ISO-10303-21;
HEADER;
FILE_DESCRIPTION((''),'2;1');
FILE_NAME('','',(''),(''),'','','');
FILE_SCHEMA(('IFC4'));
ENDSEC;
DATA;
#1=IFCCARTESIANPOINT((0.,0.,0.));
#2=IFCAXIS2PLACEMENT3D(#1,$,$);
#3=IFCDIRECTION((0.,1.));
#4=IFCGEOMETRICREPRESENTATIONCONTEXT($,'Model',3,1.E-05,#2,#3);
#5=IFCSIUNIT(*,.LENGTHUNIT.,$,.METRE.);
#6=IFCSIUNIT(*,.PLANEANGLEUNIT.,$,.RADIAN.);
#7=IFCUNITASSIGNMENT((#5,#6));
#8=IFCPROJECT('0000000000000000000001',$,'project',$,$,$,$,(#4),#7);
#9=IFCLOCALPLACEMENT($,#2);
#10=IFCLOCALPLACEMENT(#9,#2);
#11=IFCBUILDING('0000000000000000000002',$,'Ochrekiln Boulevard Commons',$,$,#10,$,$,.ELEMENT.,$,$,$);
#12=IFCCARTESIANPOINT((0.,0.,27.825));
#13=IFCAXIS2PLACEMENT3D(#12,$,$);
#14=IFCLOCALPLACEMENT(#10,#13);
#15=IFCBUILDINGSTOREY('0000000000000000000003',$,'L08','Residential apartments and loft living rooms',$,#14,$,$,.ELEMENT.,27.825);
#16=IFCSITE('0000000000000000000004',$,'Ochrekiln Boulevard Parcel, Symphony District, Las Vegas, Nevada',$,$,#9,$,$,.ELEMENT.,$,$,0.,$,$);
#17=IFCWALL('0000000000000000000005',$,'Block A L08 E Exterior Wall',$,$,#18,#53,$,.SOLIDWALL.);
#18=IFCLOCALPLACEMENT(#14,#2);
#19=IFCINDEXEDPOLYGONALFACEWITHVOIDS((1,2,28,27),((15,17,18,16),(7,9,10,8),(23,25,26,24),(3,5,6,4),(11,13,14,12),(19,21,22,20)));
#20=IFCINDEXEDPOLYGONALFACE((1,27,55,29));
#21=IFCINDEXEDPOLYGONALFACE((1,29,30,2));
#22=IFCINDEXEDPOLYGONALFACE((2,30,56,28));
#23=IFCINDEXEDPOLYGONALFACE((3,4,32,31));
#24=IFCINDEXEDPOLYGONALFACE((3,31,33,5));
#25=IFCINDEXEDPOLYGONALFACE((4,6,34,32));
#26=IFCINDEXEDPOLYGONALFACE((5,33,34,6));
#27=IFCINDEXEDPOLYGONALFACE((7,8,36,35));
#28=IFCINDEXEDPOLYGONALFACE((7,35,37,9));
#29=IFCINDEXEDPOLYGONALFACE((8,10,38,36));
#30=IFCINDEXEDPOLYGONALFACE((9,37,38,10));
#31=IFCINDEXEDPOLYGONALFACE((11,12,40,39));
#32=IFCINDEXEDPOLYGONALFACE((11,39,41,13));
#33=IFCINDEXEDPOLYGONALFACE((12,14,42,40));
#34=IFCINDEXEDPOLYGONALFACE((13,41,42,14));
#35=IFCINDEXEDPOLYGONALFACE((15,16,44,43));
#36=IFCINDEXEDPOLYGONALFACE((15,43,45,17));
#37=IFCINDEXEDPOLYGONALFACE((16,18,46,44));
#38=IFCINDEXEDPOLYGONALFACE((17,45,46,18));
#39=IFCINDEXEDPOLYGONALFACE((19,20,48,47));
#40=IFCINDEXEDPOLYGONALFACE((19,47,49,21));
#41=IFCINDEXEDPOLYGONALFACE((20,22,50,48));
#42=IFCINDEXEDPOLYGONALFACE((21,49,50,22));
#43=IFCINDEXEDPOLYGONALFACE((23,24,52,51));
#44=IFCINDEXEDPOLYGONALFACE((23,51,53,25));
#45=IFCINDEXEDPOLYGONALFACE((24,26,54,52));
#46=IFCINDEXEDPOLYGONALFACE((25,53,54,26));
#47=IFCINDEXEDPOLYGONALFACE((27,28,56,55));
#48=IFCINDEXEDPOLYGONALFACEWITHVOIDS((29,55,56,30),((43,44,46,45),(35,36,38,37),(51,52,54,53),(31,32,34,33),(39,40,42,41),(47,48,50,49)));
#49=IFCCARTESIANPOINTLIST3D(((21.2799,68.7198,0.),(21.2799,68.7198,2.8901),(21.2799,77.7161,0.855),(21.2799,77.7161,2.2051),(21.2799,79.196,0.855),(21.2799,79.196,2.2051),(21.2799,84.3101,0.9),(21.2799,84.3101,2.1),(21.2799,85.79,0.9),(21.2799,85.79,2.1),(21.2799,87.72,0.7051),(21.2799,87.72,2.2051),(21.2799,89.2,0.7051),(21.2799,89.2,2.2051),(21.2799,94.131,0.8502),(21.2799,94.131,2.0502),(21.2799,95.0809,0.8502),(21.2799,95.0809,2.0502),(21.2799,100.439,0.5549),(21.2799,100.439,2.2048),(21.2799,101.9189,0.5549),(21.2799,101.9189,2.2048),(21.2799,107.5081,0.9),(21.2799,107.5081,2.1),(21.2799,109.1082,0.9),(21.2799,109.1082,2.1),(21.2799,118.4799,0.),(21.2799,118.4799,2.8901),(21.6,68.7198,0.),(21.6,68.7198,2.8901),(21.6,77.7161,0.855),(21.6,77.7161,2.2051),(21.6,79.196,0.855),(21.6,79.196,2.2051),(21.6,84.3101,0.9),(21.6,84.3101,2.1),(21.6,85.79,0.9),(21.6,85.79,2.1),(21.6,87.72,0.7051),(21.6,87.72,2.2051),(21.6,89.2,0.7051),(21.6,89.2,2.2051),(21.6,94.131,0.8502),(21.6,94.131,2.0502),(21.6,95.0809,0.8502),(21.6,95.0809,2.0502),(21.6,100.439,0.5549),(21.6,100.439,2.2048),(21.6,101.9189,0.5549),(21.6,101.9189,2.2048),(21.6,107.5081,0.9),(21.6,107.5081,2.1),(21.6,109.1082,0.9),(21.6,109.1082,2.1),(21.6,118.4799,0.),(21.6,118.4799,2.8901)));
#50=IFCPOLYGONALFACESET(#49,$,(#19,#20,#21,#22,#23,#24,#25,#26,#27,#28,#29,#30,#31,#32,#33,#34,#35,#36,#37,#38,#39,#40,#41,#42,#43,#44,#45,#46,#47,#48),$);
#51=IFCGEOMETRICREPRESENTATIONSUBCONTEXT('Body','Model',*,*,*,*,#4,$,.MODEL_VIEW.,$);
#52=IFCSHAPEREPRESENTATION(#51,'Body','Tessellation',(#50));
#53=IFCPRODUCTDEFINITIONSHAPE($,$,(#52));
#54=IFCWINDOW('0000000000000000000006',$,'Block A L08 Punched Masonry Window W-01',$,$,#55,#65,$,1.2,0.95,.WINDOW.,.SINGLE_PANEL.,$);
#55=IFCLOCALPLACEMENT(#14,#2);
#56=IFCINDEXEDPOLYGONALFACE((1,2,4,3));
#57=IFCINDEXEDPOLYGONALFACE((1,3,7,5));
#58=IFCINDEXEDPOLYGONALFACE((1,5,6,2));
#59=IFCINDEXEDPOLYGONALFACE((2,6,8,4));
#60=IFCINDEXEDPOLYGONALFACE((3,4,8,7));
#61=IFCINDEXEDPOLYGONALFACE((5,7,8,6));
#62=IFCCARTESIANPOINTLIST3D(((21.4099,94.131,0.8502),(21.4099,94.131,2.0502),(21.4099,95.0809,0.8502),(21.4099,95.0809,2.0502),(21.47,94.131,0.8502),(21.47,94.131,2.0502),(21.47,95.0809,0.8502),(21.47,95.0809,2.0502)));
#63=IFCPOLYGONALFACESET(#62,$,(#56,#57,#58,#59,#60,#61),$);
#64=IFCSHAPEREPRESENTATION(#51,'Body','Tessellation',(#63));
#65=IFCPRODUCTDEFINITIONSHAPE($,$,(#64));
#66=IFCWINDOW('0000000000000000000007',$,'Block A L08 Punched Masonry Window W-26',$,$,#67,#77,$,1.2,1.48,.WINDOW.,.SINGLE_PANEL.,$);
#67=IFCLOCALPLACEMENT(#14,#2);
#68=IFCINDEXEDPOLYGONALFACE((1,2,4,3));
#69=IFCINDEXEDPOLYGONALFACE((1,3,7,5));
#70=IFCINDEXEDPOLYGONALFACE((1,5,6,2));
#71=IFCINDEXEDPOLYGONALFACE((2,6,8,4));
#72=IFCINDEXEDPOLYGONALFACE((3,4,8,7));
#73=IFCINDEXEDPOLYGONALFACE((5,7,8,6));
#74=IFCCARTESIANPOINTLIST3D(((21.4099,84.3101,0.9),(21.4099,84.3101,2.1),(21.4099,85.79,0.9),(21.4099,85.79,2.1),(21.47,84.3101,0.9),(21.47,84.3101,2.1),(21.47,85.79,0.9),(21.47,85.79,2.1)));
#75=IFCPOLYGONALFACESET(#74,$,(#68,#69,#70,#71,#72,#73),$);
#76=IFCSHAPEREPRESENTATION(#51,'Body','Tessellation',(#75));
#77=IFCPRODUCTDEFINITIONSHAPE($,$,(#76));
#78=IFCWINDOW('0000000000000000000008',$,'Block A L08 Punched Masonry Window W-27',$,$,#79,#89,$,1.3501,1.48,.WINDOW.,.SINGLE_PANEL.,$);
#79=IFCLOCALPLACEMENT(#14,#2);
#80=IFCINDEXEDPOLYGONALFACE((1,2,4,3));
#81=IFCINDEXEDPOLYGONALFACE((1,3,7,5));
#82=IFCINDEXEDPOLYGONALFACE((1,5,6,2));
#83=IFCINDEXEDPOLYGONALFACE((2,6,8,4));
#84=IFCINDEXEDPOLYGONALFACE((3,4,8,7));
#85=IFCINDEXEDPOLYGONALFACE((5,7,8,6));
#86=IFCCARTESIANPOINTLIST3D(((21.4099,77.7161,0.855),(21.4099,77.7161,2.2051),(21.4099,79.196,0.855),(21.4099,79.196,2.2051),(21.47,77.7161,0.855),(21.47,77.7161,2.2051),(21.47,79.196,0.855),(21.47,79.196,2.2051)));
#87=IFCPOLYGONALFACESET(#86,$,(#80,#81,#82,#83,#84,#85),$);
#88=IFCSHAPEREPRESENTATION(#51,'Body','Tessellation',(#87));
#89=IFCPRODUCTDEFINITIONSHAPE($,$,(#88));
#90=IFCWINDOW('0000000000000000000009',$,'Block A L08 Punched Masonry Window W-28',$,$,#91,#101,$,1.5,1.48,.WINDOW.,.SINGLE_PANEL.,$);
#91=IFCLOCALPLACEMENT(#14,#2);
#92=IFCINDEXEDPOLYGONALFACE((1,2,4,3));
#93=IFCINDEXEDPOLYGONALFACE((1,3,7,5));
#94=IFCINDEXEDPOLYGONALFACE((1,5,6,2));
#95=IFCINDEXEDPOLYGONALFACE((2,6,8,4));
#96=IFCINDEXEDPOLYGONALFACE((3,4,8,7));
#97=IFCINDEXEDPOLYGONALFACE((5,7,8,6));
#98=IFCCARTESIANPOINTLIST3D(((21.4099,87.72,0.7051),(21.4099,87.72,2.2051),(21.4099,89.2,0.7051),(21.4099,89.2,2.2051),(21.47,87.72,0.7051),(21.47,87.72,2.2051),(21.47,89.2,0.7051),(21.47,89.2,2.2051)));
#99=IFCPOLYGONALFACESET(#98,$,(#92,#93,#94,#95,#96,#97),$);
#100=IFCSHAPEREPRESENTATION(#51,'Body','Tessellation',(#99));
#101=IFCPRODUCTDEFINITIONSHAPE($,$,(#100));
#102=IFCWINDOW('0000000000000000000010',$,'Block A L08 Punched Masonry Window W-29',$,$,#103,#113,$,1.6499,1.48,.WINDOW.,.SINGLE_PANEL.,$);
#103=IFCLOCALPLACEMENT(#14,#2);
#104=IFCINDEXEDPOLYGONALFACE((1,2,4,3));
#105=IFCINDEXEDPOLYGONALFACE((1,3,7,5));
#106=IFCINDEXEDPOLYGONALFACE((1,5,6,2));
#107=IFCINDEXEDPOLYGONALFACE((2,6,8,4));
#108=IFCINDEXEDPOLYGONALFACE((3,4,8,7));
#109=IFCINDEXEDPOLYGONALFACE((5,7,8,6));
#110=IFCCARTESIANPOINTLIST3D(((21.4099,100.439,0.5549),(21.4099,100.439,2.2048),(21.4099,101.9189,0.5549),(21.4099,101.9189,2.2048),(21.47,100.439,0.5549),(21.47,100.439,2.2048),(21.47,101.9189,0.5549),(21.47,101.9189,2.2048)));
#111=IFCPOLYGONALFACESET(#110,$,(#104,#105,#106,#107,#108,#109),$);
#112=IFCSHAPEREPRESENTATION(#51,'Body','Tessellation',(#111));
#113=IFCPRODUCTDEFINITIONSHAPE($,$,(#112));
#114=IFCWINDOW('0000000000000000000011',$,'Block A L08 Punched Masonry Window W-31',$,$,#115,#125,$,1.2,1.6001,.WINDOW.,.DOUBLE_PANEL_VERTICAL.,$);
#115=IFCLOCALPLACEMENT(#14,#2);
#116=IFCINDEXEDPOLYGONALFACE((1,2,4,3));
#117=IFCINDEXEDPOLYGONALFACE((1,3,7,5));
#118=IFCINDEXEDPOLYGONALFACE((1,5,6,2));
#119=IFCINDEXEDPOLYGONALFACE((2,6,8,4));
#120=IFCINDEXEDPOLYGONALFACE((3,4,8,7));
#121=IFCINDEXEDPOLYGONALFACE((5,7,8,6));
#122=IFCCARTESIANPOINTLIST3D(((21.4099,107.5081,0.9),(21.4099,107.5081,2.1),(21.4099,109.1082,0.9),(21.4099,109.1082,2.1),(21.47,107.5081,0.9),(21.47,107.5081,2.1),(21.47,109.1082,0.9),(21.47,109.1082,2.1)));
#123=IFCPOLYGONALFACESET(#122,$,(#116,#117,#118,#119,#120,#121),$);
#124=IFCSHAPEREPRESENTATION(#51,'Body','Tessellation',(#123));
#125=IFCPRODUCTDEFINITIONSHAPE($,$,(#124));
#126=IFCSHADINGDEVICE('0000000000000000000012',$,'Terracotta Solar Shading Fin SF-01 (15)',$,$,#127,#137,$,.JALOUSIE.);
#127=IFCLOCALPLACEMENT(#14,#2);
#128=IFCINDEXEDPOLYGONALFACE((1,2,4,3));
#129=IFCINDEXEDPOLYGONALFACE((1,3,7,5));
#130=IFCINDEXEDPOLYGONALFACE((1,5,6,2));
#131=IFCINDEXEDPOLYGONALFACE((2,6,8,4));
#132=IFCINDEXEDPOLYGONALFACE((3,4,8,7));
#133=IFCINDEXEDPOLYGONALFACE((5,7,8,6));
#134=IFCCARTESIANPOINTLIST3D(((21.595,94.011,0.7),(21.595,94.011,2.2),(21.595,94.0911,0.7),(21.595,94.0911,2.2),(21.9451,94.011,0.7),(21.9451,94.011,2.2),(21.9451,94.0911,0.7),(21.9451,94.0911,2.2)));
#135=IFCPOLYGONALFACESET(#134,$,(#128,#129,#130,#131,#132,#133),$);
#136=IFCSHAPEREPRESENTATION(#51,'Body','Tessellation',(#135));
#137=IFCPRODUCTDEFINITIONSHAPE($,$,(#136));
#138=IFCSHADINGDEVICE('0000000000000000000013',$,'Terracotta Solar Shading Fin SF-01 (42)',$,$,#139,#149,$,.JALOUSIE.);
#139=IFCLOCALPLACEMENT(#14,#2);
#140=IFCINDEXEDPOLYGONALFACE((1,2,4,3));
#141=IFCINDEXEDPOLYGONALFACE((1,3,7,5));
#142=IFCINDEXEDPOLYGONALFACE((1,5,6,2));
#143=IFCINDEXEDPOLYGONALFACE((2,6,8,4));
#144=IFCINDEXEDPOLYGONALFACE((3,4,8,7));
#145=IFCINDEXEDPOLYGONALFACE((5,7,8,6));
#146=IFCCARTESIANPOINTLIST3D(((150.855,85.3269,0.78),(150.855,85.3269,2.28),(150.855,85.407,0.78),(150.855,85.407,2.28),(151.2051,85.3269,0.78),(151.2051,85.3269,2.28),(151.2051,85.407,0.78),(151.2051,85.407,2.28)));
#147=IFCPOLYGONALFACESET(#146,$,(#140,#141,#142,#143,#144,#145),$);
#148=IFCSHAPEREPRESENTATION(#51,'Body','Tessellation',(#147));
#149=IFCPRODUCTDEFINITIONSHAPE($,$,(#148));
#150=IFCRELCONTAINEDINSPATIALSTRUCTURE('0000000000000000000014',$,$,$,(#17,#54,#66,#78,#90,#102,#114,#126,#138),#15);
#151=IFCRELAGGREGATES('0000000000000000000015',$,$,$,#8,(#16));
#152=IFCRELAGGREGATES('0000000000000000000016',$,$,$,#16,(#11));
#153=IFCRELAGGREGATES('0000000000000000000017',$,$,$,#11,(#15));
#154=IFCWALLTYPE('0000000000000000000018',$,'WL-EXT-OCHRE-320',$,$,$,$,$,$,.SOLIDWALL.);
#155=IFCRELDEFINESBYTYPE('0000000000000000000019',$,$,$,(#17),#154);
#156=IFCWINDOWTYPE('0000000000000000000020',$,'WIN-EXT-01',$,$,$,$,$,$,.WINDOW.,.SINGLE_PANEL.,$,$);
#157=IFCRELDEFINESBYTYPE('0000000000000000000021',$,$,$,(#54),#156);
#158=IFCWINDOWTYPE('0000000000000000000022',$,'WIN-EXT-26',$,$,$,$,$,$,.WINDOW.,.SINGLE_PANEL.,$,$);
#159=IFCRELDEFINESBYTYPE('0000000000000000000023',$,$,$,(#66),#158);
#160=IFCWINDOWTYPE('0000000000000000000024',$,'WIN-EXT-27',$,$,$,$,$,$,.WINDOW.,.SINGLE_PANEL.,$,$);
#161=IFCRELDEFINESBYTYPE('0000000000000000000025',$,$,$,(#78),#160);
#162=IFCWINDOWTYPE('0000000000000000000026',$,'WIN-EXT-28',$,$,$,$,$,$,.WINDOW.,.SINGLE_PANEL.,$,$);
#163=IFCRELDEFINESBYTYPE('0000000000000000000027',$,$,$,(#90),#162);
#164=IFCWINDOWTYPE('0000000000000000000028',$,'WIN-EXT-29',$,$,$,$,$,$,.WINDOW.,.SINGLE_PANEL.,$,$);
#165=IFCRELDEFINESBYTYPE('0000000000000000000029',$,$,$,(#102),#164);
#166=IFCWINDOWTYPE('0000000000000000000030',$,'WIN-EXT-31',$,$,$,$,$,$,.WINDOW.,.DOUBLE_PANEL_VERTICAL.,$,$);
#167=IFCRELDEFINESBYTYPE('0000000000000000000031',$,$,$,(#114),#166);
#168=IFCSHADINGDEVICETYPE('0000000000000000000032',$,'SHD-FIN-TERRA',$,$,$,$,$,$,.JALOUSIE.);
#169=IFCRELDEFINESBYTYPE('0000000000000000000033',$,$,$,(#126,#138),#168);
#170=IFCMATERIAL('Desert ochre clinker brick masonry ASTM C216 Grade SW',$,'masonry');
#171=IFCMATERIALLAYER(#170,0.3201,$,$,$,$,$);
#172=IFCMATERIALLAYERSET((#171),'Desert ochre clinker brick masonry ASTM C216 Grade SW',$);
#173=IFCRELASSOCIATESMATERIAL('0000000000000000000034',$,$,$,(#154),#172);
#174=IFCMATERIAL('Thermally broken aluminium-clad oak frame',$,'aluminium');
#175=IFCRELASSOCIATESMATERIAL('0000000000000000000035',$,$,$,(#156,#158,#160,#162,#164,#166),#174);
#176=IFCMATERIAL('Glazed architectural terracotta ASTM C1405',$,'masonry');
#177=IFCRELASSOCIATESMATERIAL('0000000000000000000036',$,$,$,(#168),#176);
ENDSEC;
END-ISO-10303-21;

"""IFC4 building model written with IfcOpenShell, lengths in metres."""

from ifc_helpers import new_model, si_unit, direction, frame, frame_2d, origin, origin_2d, place, context, subcontext, project, spatial, rectangle, extrude, material, layer, layer_set, type_object, element, fill, save


model = new_model("IFC4")

# Units and contexts
model_context = context("Model", 3, precision=1e-05, world=origin(), true_north=direction((0.0, 1.0)))
body_context = subcontext(model_context, "Body", "Model", "MODEL_VIEW")
ifc_project = project(units=[si_unit("LENGTHUNIT", "METRE"), si_unit("PLANEANGLEUNIT", "RADIAN")], contexts=[model_context])

# Site, building, storey
site_placement = place(None, origin())
site = spatial("IfcSite", under=ifc_project, at=site_placement, Name="Ochrekiln Boulevard Parcel, Symphony District, Las Vegas, Nevada", CompositionType="ELEMENT", RefElevation=0.0)
building_placement = place(site_placement, origin())
building = spatial("IfcBuilding", under=site, at=building_placement, Name="Ochrekiln Boulevard Commons", CompositionType="ELEMENT")
storey_placement = place(building_placement, frame((0.0, 0.0, 27.825)))
storey = spatial("IfcBuildingStorey", under=building, at=storey_placement, Name="L08", Description="Residential apartments and loft living rooms", CompositionType="ELEMENT", Elevation=27.825)

# Wall, openings, windows
ifc_material_1 = material(Name="Desert ochre clinker brick masonry ASTM C216 Grade SW", Category="masonry")
ifc_layer = layer(ifc_material_1, 0.3201)
ifc_layer_set = layer_set([ifc_layer], Name="Desert ochre clinker brick masonry ASTM C216 Grade SW")
wall_type = type_object("IfcWallType", Name="WL-EXT-OCHRE-320", PredefinedType="SOLIDWALL", material=ifc_layer_set)
wall_placement = place(storey_placement, frame((21.4399, 68.72, 0.0), z_axis=(0.0, 0.0, 1.0), x_axis=(0.0, 1.0, 0.0)))
wall = element("IfcWall", 1, at=wall_placement, inside=storey, type_object=wall_type, Name="Block A L08 E Exterior Wall", PredefinedType="SOLIDWALL", context=body_context, shape_type="SweptSolid", body=[
    extrude(rectangle(XDim=49.76, YDim=0.3201, at=frame_2d((24.8799, 0.0))), origin(), (0.0, 0.0, 1.0), 2.8901),
])
opening_1_placement = place(wall_placement, frame((15.5901, 0.0, 0.8999)))
opening_1 = element("IfcOpeningElement", 2, at=opening_1_placement, cuts=wall, PredefinedType="OPENING", context=body_context, shape_type="SweptSolid", body=[
    extrude(rectangle(XDim=1.48, YDim=1.2, at=frame_2d((0.74, 0.6001))), frame((0.0, 0.1699, 0.0), z_axis=(0.0, -1.0, 0.0), x_axis=(1.0, 0.0, 0.0)), (0.0, 0.0, 1.0), 0.3401),
])
opening_2_placement = place(wall_placement, frame((8.9961, 0.0, 0.855)))
opening_2 = element("IfcOpeningElement", 3, at=opening_2_placement, cuts=wall, PredefinedType="OPENING", context=body_context, shape_type="SweptSolid", body=[
    extrude(rectangle(XDim=1.48, YDim=1.3501, at=frame_2d((0.74, 0.675))), frame((0.0, 0.1699, 0.0), z_axis=(0.0, -1.0, 0.0), x_axis=(1.0, 0.0, 0.0)), (0.0, 0.0, 1.0), 0.3401),
])
opening_3_placement = place(wall_placement, frame((19.0, 0.0, 0.7051)))
opening_3 = element("IfcOpeningElement", 4, at=opening_3_placement, cuts=wall, PredefinedType="OPENING", context=body_context, shape_type="SweptSolid", body=[
    extrude(rectangle(XDim=1.48, YDim=1.5, at=frame_2d((0.74, 0.75))), frame((0.0, 0.1699, 0.0), z_axis=(0.0, -1.0, 0.0), x_axis=(1.0, 0.0, 0.0)), (0.0, 0.0, 1.0), 0.3401),
])
opening_4_placement = place(wall_placement, frame((31.719, 0.0, 0.5549)))
opening_4 = element("IfcOpeningElement", 5, at=opening_4_placement, cuts=wall, PredefinedType="OPENING", context=body_context, shape_type="SweptSolid", body=[
    extrude(rectangle(XDim=1.48, YDim=1.6499, at=frame_2d((0.74, 0.825))), frame((0.0, 0.1699, 0.0), z_axis=(0.0, -1.0, 0.0), x_axis=(1.0, 0.0, 0.0)), (0.0, 0.0, 1.0), 0.3401),
])
opening_5_placement = place(wall_placement, frame((25.4109, 0.0, 0.8501)))
opening_5 = element("IfcOpeningElement", 6, at=opening_5_placement, cuts=wall, PredefinedType="OPENING", context=body_context, shape_type="SweptSolid", body=[
    extrude(rectangle(XDim=0.95, YDim=1.2, at=frame_2d((0.4751, 0.6001))), frame((0.0, 0.1699, 0.0), z_axis=(0.0, -1.0, 0.0), x_axis=(1.0, 0.0, 0.0)), (0.0, 0.0, 1.0), 0.3401),
])
opening_6_placement = place(wall_placement, frame((38.7881, 0.0, 0.8999)))
opening_6 = element("IfcOpeningElement", 7, at=opening_6_placement, cuts=wall, PredefinedType="OPENING", context=body_context, shape_type="SweptSolid", body=[
    extrude(rectangle(XDim=1.6001, YDim=1.2, at=frame_2d((0.8, 0.6001))), frame((0.0, 0.1699, 0.0), z_axis=(0.0, -1.0, 0.0), x_axis=(1.0, 0.0, 0.0)), (0.0, 0.0, 1.0), 0.3401),
])
ifc_material_2 = material(Name="Thermally broken aluminium-clad oak frame", Category="aluminium")
window_type_1 = type_object("IfcWindowType", Name="WIN-EXT-01", PartitioningType="SINGLE_PANEL", PredefinedType="WINDOW", material=ifc_material_2)
window_1_placement = place(opening_5_placement, origin())
window_1 = element("IfcWindow", 8, at=window_1_placement, inside=storey, type_object=window_type_1, Name="Block A L08 Punched Masonry Window W-01", OverallHeight=1.2, OverallWidth=0.95, PartitioningType="SINGLE_PANEL", PredefinedType="WINDOW", context=body_context, shape_type="SweptSolid", body=[
    extrude(rectangle(XDim=0.95, YDim=1.2, at=frame_2d((0.4751, 0.6001))), frame((0.0, 0.03, 0.0), z_axis=(0.0, -1.0, 0.0), x_axis=(1.0, 0.0, 0.0)), (0.0, 0.0, 1.0), 0.0601),
])
fill(opening_5, window_1)
window_type_2 = type_object("IfcWindowType", Name="WIN-EXT-26", PartitioningType="SINGLE_PANEL", PredefinedType="WINDOW", material=ifc_material_2)
window_2_placement = place(opening_1_placement, origin())
window_2 = element("IfcWindow", 9, at=window_2_placement, inside=storey, type_object=window_type_2, Name="Block A L08 Punched Masonry Window W-26", OverallHeight=1.2, OverallWidth=1.48, PartitioningType="SINGLE_PANEL", PredefinedType="WINDOW", context=body_context, shape_type="SweptSolid", body=[
    extrude(rectangle(XDim=1.48, YDim=1.2, at=frame_2d((0.74, 0.6001))), frame((0.0, 0.03, 0.0), z_axis=(0.0, -1.0, 0.0), x_axis=(1.0, 0.0, 0.0)), (0.0, 0.0, 1.0), 0.0601),
])
fill(opening_1, window_2)
window_type_3 = type_object("IfcWindowType", Name="WIN-EXT-27", PartitioningType="SINGLE_PANEL", PredefinedType="WINDOW", material=ifc_material_2)
window_3_placement = place(opening_2_placement, origin())
window_3 = element("IfcWindow", 10, at=window_3_placement, inside=storey, type_object=window_type_3, Name="Block A L08 Punched Masonry Window W-27", OverallHeight=1.3501, OverallWidth=1.48, PartitioningType="SINGLE_PANEL", PredefinedType="WINDOW", context=body_context, shape_type="SweptSolid", body=[
    extrude(rectangle(XDim=1.48, YDim=1.3501, at=frame_2d((0.74, 0.675))), frame((0.0, 0.03, 0.0), z_axis=(0.0, -1.0, 0.0), x_axis=(1.0, 0.0, 0.0)), (0.0, 0.0, 1.0), 0.0601),
])
fill(opening_2, window_3)
window_type_4 = type_object("IfcWindowType", Name="WIN-EXT-28", PartitioningType="SINGLE_PANEL", PredefinedType="WINDOW", material=ifc_material_2)
window_4_placement = place(opening_3_placement, origin())
window_4 = element("IfcWindow", 11, at=window_4_placement, inside=storey, type_object=window_type_4, Name="Block A L08 Punched Masonry Window W-28", OverallHeight=1.5, OverallWidth=1.48, PartitioningType="SINGLE_PANEL", PredefinedType="WINDOW", context=body_context, shape_type="SweptSolid", body=[
    extrude(rectangle(XDim=1.48, YDim=1.5, at=frame_2d((0.74, 0.75))), frame((0.0, 0.03, 0.0), z_axis=(0.0, -1.0, 0.0), x_axis=(1.0, 0.0, 0.0)), (0.0, 0.0, 1.0), 0.0601),
])
fill(opening_3, window_4)
window_type_5 = type_object("IfcWindowType", Name="WIN-EXT-29", PartitioningType="SINGLE_PANEL", PredefinedType="WINDOW", material=ifc_material_2)
window_5_placement = place(opening_4_placement, origin())
window_5 = element("IfcWindow", 12, at=window_5_placement, inside=storey, type_object=window_type_5, Name="Block A L08 Punched Masonry Window W-29", OverallHeight=1.6499, OverallWidth=1.48, PartitioningType="SINGLE_PANEL", PredefinedType="WINDOW", context=body_context, shape_type="SweptSolid", body=[
    extrude(rectangle(XDim=1.48, YDim=1.6499, at=frame_2d((0.74, 0.825))), frame((0.0, 0.03, 0.0), z_axis=(0.0, -1.0, 0.0), x_axis=(1.0, 0.0, 0.0)), (0.0, 0.0, 1.0), 0.0601),
])
fill(opening_4, window_5)
window_type_6 = type_object("IfcWindowType", Name="WIN-EXT-31", PartitioningType="DOUBLE_PANEL_VERTICAL", PredefinedType="WINDOW", material=ifc_material_2)
window_6_placement = place(opening_6_placement, origin())
window_6 = element("IfcWindow", 13, at=window_6_placement, inside=storey, type_object=window_type_6, Name="Block A L08 Punched Masonry Window W-31", OverallHeight=1.2, OverallWidth=1.6001, PartitioningType="DOUBLE_PANEL_VERTICAL", PredefinedType="WINDOW", context=body_context, shape_type="SweptSolid", body=[
    extrude(rectangle(XDim=1.6001, YDim=1.2, at=frame_2d((0.8, 0.6001))), frame((0.0, 0.03, 0.0), z_axis=(0.0, -1.0, 0.0), x_axis=(1.0, 0.0, 0.0)), (0.0, 0.0, 1.0), 0.0601),
])
fill(opening_6, window_6)

# Shading devices
ifc_material_3 = material(Name="Glazed architectural terracotta ASTM C1405", Category="masonry")
shading_device_type = type_object("IfcShadingDeviceType", Name="SHD-FIN-TERRA", PredefinedType="JALOUSIE", material=ifc_material_3)
for number, where, z_axis, x_axis, name in (
    (14, (21.77, 94.051, 0.7), (0.0, 0.0, 1.0), (1.0, 0.0, 0.0), "Terracotta Solar Shading Fin SF-01 (15)"),
    (15, (151.03, 85.3669, 0.78), (0.0, 0.0, 1.0), (1.0, 0.0, 0.0), "Terracotta Solar Shading Fin SF-01 (42)"),
):
    element("IfcShadingDevice", number, at=place(storey_placement, frame(where, z_axis=z_axis, x_axis=x_axis)), inside=storey, type_object=shading_device_type, Name=name, PredefinedType="JALOUSIE", context=body_context, shape_type="SweptSolid", body=[
        extrude(rectangle(XDim=0.3501, YDim=0.0801, at=origin_2d()), origin(), (0.0, 0.0, 1.0), 1.5),
    ])

save(model, "model.ifc")
